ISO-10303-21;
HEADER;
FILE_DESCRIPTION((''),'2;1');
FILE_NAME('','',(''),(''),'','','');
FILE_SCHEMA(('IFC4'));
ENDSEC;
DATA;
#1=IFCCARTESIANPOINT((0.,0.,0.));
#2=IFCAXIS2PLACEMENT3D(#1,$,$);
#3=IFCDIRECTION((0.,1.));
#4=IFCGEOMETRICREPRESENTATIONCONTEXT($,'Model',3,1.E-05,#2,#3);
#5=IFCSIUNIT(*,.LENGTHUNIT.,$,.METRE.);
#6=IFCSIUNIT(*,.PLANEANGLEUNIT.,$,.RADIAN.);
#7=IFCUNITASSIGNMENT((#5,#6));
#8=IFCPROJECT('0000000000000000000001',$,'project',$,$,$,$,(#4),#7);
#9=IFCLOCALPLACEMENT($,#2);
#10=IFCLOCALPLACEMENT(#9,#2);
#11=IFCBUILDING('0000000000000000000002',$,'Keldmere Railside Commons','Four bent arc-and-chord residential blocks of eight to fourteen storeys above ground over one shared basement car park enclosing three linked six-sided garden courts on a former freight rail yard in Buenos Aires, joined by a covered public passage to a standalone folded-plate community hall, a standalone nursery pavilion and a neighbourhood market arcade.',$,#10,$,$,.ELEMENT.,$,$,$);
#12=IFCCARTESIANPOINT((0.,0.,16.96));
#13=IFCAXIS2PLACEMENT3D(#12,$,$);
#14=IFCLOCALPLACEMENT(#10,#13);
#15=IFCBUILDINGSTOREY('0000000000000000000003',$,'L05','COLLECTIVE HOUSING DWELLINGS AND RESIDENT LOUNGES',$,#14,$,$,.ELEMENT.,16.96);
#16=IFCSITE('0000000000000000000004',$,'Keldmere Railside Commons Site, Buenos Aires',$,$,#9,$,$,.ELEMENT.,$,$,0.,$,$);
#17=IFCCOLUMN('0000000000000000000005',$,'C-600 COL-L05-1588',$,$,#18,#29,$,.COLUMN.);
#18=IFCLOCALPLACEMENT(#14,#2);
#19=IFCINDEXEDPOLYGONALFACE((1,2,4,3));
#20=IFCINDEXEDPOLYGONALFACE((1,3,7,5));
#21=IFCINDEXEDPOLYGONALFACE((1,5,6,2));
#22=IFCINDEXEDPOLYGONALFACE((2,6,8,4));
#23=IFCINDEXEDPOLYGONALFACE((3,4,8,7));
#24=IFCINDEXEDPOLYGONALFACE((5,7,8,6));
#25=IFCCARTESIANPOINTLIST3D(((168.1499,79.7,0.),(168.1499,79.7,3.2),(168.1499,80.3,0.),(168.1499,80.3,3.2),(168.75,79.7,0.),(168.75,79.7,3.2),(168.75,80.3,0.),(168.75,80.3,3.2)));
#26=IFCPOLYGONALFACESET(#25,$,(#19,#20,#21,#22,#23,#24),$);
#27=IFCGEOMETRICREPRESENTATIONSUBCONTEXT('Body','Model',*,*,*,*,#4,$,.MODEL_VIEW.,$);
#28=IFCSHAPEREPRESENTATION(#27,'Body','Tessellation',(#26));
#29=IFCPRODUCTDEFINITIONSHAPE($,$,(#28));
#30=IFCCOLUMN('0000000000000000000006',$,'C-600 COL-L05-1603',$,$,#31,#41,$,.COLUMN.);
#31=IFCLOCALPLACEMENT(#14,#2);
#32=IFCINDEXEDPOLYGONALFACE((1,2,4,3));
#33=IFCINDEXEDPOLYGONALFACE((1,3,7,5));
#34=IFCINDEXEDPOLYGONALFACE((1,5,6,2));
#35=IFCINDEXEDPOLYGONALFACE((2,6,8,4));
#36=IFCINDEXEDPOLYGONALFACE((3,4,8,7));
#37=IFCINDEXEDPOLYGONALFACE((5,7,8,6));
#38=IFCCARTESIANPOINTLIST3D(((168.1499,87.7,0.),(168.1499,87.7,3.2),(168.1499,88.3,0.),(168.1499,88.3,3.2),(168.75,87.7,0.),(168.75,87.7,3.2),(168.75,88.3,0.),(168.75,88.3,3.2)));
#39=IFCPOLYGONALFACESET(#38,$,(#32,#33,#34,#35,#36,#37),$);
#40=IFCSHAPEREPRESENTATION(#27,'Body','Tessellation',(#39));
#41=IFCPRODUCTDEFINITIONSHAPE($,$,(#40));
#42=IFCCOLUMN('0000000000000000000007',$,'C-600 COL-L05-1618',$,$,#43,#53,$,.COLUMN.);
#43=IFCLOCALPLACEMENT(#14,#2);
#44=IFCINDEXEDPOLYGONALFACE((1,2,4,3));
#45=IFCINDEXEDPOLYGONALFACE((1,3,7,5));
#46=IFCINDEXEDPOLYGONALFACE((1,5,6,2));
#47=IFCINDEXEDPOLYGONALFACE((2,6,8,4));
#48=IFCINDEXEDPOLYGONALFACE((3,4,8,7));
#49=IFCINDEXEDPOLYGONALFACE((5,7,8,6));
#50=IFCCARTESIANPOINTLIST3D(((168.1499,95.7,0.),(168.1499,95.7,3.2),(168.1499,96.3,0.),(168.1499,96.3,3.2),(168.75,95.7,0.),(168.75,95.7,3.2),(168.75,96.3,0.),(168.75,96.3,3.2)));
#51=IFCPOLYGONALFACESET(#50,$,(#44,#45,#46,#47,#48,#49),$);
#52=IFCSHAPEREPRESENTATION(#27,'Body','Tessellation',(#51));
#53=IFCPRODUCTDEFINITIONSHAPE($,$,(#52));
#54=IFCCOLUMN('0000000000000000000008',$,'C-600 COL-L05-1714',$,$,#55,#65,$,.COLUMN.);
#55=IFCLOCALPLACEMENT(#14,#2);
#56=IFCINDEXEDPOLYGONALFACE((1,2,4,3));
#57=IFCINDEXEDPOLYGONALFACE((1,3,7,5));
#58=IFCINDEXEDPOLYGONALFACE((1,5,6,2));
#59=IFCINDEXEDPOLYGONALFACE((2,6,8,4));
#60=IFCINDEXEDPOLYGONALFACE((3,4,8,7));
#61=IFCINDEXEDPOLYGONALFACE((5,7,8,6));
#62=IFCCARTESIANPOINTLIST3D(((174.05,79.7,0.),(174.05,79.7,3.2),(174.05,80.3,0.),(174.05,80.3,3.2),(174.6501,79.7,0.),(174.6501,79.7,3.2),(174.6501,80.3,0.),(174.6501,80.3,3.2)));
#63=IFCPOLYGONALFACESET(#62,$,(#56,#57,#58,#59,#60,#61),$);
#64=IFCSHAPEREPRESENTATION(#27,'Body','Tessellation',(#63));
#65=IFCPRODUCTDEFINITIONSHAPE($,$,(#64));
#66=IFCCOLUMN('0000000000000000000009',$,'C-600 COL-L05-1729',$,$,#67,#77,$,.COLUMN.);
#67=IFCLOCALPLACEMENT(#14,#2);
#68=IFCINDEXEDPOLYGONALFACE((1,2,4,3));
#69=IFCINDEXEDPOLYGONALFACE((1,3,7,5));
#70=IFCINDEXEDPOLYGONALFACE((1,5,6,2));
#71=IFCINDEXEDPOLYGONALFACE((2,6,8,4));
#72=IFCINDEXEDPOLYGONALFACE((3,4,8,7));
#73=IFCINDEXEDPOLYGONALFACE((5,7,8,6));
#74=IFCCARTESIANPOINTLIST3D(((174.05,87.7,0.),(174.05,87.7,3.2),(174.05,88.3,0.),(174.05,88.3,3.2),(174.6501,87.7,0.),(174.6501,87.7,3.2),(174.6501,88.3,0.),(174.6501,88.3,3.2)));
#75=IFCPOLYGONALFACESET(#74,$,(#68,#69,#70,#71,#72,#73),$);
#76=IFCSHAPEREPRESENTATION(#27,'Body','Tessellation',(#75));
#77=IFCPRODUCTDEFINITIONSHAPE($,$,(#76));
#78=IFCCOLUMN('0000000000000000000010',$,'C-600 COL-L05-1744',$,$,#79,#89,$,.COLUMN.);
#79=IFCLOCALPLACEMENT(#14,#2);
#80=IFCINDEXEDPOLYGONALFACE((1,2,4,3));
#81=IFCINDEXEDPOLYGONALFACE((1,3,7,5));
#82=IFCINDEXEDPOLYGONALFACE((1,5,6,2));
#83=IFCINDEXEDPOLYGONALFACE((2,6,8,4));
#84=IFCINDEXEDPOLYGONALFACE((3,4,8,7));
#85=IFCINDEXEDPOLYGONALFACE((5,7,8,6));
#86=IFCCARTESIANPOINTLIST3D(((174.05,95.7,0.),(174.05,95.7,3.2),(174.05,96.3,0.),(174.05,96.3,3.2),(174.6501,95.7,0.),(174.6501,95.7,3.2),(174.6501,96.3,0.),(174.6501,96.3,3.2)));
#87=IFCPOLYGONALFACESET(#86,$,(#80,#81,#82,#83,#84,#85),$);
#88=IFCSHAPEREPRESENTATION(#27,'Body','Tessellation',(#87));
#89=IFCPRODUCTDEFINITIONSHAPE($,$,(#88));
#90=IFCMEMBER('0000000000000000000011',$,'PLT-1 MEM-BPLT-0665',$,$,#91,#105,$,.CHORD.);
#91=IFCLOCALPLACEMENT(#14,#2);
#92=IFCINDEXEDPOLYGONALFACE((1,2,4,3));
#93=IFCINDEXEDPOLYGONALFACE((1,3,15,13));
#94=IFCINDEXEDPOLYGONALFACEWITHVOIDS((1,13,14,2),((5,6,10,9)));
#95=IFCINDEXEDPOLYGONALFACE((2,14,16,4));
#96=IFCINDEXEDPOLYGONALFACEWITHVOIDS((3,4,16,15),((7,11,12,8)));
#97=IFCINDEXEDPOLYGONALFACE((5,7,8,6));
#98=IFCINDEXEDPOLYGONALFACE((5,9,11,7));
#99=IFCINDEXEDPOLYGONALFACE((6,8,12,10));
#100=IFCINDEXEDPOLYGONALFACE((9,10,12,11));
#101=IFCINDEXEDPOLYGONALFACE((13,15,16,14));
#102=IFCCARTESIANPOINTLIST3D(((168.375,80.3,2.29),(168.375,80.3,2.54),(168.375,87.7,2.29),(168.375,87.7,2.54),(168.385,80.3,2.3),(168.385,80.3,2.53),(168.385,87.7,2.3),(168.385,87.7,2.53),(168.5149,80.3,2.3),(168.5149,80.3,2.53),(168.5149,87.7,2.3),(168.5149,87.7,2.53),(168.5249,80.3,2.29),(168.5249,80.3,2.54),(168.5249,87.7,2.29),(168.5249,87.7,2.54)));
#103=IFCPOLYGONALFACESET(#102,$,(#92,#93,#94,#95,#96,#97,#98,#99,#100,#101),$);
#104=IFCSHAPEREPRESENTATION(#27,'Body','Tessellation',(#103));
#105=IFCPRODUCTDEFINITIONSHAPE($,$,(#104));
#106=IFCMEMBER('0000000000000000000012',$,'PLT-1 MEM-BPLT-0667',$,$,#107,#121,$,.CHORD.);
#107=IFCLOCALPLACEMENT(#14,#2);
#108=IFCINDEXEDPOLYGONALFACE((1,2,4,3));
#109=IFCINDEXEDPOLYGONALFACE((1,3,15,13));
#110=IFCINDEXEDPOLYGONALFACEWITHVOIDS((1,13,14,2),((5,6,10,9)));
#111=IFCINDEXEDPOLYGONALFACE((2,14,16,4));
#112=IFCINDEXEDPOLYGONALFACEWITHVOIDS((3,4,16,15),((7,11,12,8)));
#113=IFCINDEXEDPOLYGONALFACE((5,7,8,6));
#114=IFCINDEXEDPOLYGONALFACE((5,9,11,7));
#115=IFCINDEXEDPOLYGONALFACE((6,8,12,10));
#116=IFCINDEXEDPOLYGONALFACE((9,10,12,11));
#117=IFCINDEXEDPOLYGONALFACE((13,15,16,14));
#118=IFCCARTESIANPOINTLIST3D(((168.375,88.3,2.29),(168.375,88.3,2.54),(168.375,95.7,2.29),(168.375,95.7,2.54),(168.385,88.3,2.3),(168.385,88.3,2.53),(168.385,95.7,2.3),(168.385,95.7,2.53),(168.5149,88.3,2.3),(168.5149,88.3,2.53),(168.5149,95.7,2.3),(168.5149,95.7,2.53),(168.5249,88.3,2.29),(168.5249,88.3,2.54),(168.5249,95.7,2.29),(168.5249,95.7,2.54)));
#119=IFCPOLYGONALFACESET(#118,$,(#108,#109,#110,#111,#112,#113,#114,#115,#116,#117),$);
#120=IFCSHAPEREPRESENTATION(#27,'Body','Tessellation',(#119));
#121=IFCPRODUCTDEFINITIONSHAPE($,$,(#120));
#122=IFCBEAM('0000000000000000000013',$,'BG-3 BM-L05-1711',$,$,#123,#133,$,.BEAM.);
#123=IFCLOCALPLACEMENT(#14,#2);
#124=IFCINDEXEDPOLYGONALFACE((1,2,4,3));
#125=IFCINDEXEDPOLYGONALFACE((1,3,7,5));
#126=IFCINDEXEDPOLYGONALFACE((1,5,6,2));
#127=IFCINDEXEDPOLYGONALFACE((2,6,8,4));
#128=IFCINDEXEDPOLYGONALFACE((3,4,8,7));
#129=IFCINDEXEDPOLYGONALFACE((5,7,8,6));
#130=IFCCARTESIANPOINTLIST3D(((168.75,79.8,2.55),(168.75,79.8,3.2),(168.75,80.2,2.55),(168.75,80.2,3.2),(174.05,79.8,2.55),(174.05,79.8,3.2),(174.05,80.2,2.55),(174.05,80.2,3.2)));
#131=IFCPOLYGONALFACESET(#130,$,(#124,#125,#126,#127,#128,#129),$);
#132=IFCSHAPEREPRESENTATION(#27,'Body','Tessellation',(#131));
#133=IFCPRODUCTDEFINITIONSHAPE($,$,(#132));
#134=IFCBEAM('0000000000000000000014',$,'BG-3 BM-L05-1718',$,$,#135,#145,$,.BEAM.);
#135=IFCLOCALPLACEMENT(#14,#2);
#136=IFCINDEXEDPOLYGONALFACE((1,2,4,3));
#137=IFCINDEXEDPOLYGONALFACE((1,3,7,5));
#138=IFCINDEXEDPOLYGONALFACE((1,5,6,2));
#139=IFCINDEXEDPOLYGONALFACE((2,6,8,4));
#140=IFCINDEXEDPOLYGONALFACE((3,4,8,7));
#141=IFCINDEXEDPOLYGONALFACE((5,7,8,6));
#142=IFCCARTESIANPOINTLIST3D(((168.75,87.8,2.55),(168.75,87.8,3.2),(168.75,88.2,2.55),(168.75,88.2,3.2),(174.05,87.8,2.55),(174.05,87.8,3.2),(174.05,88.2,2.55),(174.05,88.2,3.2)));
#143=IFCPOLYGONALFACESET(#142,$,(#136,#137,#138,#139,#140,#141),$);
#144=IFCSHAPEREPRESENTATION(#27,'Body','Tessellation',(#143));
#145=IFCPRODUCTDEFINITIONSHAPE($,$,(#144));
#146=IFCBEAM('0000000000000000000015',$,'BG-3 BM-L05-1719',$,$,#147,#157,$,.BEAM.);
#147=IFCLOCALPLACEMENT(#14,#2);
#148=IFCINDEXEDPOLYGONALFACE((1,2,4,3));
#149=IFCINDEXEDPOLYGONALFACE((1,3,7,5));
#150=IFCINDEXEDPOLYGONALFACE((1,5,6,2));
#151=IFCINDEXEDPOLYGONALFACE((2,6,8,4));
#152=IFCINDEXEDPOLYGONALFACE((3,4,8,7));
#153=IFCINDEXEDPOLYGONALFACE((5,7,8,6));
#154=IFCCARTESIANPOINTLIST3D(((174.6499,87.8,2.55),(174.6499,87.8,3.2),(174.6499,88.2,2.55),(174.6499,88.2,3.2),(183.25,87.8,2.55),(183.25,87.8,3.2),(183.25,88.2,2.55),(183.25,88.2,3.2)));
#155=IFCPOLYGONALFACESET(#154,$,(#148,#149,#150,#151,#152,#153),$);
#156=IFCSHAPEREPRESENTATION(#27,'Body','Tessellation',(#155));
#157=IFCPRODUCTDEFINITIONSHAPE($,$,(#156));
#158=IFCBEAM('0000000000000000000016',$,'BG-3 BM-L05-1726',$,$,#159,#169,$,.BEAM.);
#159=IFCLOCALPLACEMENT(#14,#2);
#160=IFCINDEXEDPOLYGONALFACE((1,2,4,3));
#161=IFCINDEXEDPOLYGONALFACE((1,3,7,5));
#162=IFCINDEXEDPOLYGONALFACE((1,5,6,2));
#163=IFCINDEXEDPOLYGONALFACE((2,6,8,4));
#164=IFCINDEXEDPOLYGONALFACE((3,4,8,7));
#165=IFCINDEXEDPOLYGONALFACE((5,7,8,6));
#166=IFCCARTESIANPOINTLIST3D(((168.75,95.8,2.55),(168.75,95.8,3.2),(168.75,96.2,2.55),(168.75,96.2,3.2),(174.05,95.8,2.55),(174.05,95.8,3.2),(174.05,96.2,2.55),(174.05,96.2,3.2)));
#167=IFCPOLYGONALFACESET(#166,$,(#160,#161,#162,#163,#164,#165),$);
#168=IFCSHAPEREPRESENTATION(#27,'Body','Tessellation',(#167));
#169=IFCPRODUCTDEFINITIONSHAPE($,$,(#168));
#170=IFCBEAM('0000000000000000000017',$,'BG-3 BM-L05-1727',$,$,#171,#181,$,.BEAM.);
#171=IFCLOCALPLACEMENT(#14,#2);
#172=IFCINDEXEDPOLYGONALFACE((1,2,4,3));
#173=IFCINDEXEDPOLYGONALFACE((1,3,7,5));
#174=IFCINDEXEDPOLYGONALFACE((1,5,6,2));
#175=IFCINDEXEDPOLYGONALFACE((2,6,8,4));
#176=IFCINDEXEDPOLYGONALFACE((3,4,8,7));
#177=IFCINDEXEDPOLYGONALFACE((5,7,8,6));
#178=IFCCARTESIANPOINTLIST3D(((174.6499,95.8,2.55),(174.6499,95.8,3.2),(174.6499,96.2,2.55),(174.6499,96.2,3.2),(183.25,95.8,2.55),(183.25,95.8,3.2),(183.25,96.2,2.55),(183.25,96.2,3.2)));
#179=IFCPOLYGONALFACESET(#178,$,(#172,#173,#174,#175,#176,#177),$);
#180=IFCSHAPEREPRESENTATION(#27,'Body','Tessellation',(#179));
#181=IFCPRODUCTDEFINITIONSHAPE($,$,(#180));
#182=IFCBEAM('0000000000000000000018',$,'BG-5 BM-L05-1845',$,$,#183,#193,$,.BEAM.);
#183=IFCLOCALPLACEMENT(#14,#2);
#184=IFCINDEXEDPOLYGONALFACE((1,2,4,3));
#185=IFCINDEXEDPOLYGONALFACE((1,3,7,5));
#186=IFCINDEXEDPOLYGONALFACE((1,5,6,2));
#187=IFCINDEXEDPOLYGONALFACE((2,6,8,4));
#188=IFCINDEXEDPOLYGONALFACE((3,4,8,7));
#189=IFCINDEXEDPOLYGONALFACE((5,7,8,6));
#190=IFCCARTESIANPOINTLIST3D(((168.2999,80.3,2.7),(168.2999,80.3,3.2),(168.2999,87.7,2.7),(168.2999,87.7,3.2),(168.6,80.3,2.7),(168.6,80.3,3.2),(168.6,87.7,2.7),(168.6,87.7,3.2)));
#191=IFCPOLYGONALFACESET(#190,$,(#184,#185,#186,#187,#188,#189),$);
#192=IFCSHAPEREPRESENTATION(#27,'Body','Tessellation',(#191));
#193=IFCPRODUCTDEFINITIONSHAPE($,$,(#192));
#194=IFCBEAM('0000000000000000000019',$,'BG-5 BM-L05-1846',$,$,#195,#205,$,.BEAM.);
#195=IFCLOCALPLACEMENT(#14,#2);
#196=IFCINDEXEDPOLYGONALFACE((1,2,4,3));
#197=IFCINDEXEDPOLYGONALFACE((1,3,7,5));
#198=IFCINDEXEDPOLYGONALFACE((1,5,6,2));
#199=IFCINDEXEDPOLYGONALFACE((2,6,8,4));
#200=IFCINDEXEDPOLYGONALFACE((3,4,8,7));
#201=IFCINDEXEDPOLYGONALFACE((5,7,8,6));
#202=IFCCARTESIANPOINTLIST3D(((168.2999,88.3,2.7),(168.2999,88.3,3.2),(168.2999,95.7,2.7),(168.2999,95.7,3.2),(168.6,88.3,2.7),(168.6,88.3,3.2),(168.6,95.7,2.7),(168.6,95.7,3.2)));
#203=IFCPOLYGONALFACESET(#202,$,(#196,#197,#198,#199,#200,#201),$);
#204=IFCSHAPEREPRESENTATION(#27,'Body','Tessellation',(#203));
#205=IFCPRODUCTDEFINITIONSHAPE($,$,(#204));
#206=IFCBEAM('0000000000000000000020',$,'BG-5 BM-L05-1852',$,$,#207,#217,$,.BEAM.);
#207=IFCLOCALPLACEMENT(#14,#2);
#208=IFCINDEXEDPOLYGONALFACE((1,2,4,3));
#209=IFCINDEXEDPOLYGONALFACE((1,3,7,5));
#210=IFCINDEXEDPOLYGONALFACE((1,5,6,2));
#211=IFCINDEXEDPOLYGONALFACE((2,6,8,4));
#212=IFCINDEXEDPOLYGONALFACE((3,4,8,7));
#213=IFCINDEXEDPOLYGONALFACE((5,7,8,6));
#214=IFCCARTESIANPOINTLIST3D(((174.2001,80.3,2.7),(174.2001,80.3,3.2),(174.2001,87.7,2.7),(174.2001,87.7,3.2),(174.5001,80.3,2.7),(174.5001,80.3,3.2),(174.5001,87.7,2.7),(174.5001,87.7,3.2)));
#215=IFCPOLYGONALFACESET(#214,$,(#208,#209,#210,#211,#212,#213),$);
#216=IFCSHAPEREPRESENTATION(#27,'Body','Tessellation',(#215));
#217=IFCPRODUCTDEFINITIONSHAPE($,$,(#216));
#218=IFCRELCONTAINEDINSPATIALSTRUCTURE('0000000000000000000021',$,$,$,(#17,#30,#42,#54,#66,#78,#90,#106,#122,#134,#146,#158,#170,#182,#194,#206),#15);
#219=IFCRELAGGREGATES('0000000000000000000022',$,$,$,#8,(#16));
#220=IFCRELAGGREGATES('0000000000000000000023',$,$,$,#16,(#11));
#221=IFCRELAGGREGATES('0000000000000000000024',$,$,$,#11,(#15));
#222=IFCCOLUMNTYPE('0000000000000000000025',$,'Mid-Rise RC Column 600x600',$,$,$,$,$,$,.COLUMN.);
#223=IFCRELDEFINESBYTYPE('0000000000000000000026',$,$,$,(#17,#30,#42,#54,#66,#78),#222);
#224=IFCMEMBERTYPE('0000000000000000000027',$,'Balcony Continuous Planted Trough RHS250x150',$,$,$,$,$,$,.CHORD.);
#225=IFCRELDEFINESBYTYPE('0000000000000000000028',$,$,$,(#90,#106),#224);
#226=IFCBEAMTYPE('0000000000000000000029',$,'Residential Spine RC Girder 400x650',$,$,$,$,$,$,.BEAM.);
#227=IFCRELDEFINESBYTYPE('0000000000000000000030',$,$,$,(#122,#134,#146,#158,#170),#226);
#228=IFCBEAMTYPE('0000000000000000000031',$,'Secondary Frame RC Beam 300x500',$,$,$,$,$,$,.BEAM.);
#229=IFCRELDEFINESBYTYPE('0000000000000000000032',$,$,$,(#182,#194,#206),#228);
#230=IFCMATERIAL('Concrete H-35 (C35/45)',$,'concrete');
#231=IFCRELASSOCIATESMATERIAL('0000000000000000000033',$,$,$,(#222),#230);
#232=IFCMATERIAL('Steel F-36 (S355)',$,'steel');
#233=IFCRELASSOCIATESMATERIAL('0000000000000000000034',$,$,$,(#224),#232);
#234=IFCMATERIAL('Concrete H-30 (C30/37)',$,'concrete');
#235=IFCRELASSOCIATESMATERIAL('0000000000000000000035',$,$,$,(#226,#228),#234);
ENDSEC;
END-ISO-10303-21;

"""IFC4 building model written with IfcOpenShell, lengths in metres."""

from ifc_helpers import new_model, si_unit, direction, frame, origin, origin_2d, place, context, subcontext, project, spatial, rectangle, hollow_rectangle, extrude, material, material_profile, profile_set, type_object, element, save


model = new_model("IFC4")

# Units and contexts
model_context = context("Model", 3, precision=1e-05, world=origin(), true_north=direction((0.0, 1.0)))
body_context = subcontext(model_context, "Body", "Model", "MODEL_VIEW")
ifc_project = project(units=[si_unit("LENGTHUNIT", "METRE"), si_unit("PLANEANGLEUNIT", "RADIAN")], contexts=[model_context])

# Site, building, storey
site_placement = place(None, origin())
site = spatial("IfcSite", under=ifc_project, at=site_placement, Name="Keldmere Railside Commons Site, Buenos Aires", CompositionType="ELEMENT", RefElevation=0.0)
building_placement = place(site_placement, origin())
building = spatial("IfcBuilding", under=site, at=building_placement, Name="Keldmere Railside Commons", Description="Four bent arc-and-chord residential blocks of eight to fourteen storeys above ground over one shared basement car park enclosing three linked six-sided garden courts on a former freight rail yard in Buenos Aires, joined by a covered public passage to a standalone folded-plate community hall, a standalone nursery pavilion and a neighbourhood market arcade.", CompositionType="ELEMENT")
storey_placement = place(building_placement, frame((0.0, 0.0, 16.96)))
storey = spatial("IfcBuildingStorey", under=building, at=storey_placement, Name="L05", Description="COLLECTIVE HOUSING DWELLINGS AND RESIDENT LOUNGES", CompositionType="ELEMENT", Elevation=16.96)

# Columns
ifc_material_1 = material(Name="Concrete H-35 (C35/45)", Category="concrete")
ifc_material_profile_1 = material_profile(ifc_material_1, rectangle(XDim=0.6001, YDim=0.6001, at=origin_2d()), Name="RC-600x600")
ifc_profile_set_1 = profile_set([ifc_material_profile_1], Name="Concrete H-35 (C35/45)")
column_type = type_object("IfcColumnType", Name="Mid-Rise RC Column 600x600", PredefinedType="COLUMN", material=ifc_profile_set_1)
for number, where, z_axis, x_axis, name in (
    (1, (168.45, 80.0, 0.0), (0.0, 0.0, 1.0), (1.0, 0.0, 0.0), "C-600 COL-L05-1588"),
    (2, (168.45, 88.0, 0.0), (0.0, 0.0, 1.0), (1.0, 0.0, 0.0), "C-600 COL-L05-1603"),
    (3, (168.45, 96.0, 0.0), (0.0, 0.0, 1.0), (1.0, 0.0, 0.0), "C-600 COL-L05-1618"),
    (4, (174.3501, 80.0, 0.0), (0.0, 0.0, 1.0), (1.0, 0.0, 0.0), "C-600 COL-L05-1714"),
    (5, (174.3501, 88.0, 0.0), (0.0, 0.0, 1.0), (1.0, 0.0, 0.0), "C-600 COL-L05-1729"),
    (6, (174.3501, 96.0, 0.0), (0.0, 0.0, 1.0), (1.0, 0.0, 0.0), "C-600 COL-L05-1744"),
):
    element("IfcColumn", number, at=place(storey_placement, frame(where, z_axis=z_axis, x_axis=x_axis)), inside=storey, type_object=column_type, Name=name, PredefinedType="COLUMN", context=body_context, shape_type="SweptSolid", body=[
        extrude(rectangle(XDim=0.6001, YDim=0.6001, at=origin_2d()), origin(), (0.0, 0.0, 1.0), 3.2),
    ])

# Members
ifc_material_2 = material(Name="Steel F-36 (S355)", Category="steel")
ifc_material_profile_2 = material_profile(ifc_material_2, hollow_rectangle(XDim=0.1499, YDim=0.25, WallThickness=0.01, at=origin_2d()), Name="RHS-250x150x10")
ifc_profile_set_2 = profile_set([ifc_material_profile_2], Name="Steel F-36 (S355)")
member_type_1 = type_object("IfcMemberType", Name="Balcony Continuous Planted Trough RHS250x150", PredefinedType="CHORD", material=ifc_profile_set_2)
for number, where, z_axis, x_axis, name in (
    (7, (168.45, 80.3, 2.415), (0.0, 1.0, 0.0), (-1.0, 0.0, 0.0), "PLT-1 MEM-BPLT-0665"),
    (8, (168.45, 88.3, 2.415), (0.0, 1.0, 0.0), (-1.0, 0.0, 0.0), "PLT-1 MEM-BPLT-0667"),
):
    element("IfcMember", number, at=place(storey_placement, frame(where, z_axis=z_axis, x_axis=x_axis)), inside=storey, type_object=member_type_1, Name=name, PredefinedType="CHORD", context=body_context, shape_type="SweptSolid", body=[
        extrude(hollow_rectangle(XDim=0.1499, YDim=0.25, WallThickness=0.01, at=origin_2d()), origin(), (0.0, 0.0, 1.0), 7.3999),
    ])

# Beams
ifc_material_3 = material(Name="Concrete H-30 (C30/37)", Category="concrete")
ifc_material_profile_3 = material_profile(ifc_material_3, rectangle(XDim=0.3999, YDim=0.6499, at=origin_2d()), Name="RC-400x650")
ifc_profile_set_3 = profile_set([ifc_material_profile_3], Name="Concrete H-30 (C30/37)")
beam_type_1 = type_object("IfcBeamType", Name="Residential Spine RC Girder 400x650", PredefinedType="BEAM", material=ifc_profile_set_3)
for number, where, z_axis, x_axis, name in (
    (9, (168.75, 80.0, 2.875), (1.0, 0.0, 0.0), (0.0, 1.0, 0.0), "BG-3 BM-L05-1711"),
    (10, (168.75, 88.0, 2.875), (1.0, 0.0, 0.0), (0.0, 1.0, 0.0), "BG-3 BM-L05-1718"),
):
    element("IfcBeam", number, at=place(storey_placement, frame(where, z_axis=z_axis, x_axis=x_axis)), inside=storey, type_object=beam_type_1, Name=name, PredefinedType="BEAM", context=body_context, shape_type="SweptSolid", body=[
        extrude(rectangle(XDim=0.3999, YDim=0.6499, at=origin_2d()), origin(), (0.0, 0.0, 1.0), 5.3),
    ])
beam_1_placement = place(storey_placement, frame((174.6499, 88.0, 2.875), z_axis=(1.0, 0.0, 0.0), x_axis=(0.0, 1.0, 0.0)))
element("IfcBeam", 11, at=beam_1_placement, inside=storey, type_object=beam_type_1, Name="BG-3 BM-L05-1719", PredefinedType="BEAM", context=body_context, shape_type="SweptSolid", body=[
    extrude(rectangle(XDim=0.3999, YDim=0.6499, at=origin_2d()), origin(), (0.0, 0.0, 1.0), 8.6001),
])
beam_2_placement = place(storey_placement, frame((168.75, 96.0, 2.875), z_axis=(1.0, 0.0, 0.0), x_axis=(0.0, 1.0, 0.0)))
element("IfcBeam", 12, at=beam_2_placement, inside=storey, type_object=beam_type_1, Name="BG-3 BM-L05-1726", PredefinedType="BEAM", context=body_context, shape_type="SweptSolid", body=[
    extrude(rectangle(XDim=0.3999, YDim=0.6499, at=origin_2d()), origin(), (0.0, 0.0, 1.0), 5.3),
])
beam_3_placement = place(storey_placement, frame((174.6499, 96.0, 2.875), z_axis=(1.0, 0.0, 0.0), x_axis=(0.0, 1.0, 0.0)))
element("IfcBeam", 13, at=beam_3_placement, inside=storey, type_object=beam_type_1, Name="BG-3 BM-L05-1727", PredefinedType="BEAM", context=body_context, shape_type="SweptSolid", body=[
    extrude(rectangle(XDim=0.3999, YDim=0.6499, at=origin_2d()), origin(), (0.0, 0.0, 1.0), 8.6001),
])
ifc_material_profile_4 = material_profile(ifc_material_3, rectangle(XDim=0.3, YDim=0.5, at=origin_2d()), Name="RC-300x500")
ifc_profile_set_4 = profile_set([ifc_material_profile_4], Name="Concrete H-30 (C30/37)")
beam_type_2 = type_object("IfcBeamType", Name="Secondary Frame RC Beam 300x500", PredefinedType="BEAM", material=ifc_profile_set_4)
for number, where, z_axis, x_axis, name in (
    (14, (168.45, 80.3, 2.95), (0.0, 1.0, 0.0), (-1.0, 0.0, 0.0), "BG-5 BM-L05-1845"),
    (15, (168.45, 88.3, 2.95), (0.0, 1.0, 0.0), (-1.0, 0.0, 0.0), "BG-5 BM-L05-1846"),
    (16, (174.3501, 80.3, 2.95), (0.0, 1.0, 0.0), (-1.0, 0.0, 0.0), "BG-5 BM-L05-1852"),
):
    element("IfcBeam", number, at=place(storey_placement, frame(where, z_axis=z_axis, x_axis=x_axis)), inside=storey, type_object=beam_type_2, Name=name, PredefinedType="BEAM", context=body_context, shape_type="SweptSolid", body=[
        extrude(rectangle(XDim=0.3, YDim=0.5, at=origin_2d()), origin(), (0.0, 0.0, 1.0), 7.3999),
    ])

save(model, "model.ifc")
